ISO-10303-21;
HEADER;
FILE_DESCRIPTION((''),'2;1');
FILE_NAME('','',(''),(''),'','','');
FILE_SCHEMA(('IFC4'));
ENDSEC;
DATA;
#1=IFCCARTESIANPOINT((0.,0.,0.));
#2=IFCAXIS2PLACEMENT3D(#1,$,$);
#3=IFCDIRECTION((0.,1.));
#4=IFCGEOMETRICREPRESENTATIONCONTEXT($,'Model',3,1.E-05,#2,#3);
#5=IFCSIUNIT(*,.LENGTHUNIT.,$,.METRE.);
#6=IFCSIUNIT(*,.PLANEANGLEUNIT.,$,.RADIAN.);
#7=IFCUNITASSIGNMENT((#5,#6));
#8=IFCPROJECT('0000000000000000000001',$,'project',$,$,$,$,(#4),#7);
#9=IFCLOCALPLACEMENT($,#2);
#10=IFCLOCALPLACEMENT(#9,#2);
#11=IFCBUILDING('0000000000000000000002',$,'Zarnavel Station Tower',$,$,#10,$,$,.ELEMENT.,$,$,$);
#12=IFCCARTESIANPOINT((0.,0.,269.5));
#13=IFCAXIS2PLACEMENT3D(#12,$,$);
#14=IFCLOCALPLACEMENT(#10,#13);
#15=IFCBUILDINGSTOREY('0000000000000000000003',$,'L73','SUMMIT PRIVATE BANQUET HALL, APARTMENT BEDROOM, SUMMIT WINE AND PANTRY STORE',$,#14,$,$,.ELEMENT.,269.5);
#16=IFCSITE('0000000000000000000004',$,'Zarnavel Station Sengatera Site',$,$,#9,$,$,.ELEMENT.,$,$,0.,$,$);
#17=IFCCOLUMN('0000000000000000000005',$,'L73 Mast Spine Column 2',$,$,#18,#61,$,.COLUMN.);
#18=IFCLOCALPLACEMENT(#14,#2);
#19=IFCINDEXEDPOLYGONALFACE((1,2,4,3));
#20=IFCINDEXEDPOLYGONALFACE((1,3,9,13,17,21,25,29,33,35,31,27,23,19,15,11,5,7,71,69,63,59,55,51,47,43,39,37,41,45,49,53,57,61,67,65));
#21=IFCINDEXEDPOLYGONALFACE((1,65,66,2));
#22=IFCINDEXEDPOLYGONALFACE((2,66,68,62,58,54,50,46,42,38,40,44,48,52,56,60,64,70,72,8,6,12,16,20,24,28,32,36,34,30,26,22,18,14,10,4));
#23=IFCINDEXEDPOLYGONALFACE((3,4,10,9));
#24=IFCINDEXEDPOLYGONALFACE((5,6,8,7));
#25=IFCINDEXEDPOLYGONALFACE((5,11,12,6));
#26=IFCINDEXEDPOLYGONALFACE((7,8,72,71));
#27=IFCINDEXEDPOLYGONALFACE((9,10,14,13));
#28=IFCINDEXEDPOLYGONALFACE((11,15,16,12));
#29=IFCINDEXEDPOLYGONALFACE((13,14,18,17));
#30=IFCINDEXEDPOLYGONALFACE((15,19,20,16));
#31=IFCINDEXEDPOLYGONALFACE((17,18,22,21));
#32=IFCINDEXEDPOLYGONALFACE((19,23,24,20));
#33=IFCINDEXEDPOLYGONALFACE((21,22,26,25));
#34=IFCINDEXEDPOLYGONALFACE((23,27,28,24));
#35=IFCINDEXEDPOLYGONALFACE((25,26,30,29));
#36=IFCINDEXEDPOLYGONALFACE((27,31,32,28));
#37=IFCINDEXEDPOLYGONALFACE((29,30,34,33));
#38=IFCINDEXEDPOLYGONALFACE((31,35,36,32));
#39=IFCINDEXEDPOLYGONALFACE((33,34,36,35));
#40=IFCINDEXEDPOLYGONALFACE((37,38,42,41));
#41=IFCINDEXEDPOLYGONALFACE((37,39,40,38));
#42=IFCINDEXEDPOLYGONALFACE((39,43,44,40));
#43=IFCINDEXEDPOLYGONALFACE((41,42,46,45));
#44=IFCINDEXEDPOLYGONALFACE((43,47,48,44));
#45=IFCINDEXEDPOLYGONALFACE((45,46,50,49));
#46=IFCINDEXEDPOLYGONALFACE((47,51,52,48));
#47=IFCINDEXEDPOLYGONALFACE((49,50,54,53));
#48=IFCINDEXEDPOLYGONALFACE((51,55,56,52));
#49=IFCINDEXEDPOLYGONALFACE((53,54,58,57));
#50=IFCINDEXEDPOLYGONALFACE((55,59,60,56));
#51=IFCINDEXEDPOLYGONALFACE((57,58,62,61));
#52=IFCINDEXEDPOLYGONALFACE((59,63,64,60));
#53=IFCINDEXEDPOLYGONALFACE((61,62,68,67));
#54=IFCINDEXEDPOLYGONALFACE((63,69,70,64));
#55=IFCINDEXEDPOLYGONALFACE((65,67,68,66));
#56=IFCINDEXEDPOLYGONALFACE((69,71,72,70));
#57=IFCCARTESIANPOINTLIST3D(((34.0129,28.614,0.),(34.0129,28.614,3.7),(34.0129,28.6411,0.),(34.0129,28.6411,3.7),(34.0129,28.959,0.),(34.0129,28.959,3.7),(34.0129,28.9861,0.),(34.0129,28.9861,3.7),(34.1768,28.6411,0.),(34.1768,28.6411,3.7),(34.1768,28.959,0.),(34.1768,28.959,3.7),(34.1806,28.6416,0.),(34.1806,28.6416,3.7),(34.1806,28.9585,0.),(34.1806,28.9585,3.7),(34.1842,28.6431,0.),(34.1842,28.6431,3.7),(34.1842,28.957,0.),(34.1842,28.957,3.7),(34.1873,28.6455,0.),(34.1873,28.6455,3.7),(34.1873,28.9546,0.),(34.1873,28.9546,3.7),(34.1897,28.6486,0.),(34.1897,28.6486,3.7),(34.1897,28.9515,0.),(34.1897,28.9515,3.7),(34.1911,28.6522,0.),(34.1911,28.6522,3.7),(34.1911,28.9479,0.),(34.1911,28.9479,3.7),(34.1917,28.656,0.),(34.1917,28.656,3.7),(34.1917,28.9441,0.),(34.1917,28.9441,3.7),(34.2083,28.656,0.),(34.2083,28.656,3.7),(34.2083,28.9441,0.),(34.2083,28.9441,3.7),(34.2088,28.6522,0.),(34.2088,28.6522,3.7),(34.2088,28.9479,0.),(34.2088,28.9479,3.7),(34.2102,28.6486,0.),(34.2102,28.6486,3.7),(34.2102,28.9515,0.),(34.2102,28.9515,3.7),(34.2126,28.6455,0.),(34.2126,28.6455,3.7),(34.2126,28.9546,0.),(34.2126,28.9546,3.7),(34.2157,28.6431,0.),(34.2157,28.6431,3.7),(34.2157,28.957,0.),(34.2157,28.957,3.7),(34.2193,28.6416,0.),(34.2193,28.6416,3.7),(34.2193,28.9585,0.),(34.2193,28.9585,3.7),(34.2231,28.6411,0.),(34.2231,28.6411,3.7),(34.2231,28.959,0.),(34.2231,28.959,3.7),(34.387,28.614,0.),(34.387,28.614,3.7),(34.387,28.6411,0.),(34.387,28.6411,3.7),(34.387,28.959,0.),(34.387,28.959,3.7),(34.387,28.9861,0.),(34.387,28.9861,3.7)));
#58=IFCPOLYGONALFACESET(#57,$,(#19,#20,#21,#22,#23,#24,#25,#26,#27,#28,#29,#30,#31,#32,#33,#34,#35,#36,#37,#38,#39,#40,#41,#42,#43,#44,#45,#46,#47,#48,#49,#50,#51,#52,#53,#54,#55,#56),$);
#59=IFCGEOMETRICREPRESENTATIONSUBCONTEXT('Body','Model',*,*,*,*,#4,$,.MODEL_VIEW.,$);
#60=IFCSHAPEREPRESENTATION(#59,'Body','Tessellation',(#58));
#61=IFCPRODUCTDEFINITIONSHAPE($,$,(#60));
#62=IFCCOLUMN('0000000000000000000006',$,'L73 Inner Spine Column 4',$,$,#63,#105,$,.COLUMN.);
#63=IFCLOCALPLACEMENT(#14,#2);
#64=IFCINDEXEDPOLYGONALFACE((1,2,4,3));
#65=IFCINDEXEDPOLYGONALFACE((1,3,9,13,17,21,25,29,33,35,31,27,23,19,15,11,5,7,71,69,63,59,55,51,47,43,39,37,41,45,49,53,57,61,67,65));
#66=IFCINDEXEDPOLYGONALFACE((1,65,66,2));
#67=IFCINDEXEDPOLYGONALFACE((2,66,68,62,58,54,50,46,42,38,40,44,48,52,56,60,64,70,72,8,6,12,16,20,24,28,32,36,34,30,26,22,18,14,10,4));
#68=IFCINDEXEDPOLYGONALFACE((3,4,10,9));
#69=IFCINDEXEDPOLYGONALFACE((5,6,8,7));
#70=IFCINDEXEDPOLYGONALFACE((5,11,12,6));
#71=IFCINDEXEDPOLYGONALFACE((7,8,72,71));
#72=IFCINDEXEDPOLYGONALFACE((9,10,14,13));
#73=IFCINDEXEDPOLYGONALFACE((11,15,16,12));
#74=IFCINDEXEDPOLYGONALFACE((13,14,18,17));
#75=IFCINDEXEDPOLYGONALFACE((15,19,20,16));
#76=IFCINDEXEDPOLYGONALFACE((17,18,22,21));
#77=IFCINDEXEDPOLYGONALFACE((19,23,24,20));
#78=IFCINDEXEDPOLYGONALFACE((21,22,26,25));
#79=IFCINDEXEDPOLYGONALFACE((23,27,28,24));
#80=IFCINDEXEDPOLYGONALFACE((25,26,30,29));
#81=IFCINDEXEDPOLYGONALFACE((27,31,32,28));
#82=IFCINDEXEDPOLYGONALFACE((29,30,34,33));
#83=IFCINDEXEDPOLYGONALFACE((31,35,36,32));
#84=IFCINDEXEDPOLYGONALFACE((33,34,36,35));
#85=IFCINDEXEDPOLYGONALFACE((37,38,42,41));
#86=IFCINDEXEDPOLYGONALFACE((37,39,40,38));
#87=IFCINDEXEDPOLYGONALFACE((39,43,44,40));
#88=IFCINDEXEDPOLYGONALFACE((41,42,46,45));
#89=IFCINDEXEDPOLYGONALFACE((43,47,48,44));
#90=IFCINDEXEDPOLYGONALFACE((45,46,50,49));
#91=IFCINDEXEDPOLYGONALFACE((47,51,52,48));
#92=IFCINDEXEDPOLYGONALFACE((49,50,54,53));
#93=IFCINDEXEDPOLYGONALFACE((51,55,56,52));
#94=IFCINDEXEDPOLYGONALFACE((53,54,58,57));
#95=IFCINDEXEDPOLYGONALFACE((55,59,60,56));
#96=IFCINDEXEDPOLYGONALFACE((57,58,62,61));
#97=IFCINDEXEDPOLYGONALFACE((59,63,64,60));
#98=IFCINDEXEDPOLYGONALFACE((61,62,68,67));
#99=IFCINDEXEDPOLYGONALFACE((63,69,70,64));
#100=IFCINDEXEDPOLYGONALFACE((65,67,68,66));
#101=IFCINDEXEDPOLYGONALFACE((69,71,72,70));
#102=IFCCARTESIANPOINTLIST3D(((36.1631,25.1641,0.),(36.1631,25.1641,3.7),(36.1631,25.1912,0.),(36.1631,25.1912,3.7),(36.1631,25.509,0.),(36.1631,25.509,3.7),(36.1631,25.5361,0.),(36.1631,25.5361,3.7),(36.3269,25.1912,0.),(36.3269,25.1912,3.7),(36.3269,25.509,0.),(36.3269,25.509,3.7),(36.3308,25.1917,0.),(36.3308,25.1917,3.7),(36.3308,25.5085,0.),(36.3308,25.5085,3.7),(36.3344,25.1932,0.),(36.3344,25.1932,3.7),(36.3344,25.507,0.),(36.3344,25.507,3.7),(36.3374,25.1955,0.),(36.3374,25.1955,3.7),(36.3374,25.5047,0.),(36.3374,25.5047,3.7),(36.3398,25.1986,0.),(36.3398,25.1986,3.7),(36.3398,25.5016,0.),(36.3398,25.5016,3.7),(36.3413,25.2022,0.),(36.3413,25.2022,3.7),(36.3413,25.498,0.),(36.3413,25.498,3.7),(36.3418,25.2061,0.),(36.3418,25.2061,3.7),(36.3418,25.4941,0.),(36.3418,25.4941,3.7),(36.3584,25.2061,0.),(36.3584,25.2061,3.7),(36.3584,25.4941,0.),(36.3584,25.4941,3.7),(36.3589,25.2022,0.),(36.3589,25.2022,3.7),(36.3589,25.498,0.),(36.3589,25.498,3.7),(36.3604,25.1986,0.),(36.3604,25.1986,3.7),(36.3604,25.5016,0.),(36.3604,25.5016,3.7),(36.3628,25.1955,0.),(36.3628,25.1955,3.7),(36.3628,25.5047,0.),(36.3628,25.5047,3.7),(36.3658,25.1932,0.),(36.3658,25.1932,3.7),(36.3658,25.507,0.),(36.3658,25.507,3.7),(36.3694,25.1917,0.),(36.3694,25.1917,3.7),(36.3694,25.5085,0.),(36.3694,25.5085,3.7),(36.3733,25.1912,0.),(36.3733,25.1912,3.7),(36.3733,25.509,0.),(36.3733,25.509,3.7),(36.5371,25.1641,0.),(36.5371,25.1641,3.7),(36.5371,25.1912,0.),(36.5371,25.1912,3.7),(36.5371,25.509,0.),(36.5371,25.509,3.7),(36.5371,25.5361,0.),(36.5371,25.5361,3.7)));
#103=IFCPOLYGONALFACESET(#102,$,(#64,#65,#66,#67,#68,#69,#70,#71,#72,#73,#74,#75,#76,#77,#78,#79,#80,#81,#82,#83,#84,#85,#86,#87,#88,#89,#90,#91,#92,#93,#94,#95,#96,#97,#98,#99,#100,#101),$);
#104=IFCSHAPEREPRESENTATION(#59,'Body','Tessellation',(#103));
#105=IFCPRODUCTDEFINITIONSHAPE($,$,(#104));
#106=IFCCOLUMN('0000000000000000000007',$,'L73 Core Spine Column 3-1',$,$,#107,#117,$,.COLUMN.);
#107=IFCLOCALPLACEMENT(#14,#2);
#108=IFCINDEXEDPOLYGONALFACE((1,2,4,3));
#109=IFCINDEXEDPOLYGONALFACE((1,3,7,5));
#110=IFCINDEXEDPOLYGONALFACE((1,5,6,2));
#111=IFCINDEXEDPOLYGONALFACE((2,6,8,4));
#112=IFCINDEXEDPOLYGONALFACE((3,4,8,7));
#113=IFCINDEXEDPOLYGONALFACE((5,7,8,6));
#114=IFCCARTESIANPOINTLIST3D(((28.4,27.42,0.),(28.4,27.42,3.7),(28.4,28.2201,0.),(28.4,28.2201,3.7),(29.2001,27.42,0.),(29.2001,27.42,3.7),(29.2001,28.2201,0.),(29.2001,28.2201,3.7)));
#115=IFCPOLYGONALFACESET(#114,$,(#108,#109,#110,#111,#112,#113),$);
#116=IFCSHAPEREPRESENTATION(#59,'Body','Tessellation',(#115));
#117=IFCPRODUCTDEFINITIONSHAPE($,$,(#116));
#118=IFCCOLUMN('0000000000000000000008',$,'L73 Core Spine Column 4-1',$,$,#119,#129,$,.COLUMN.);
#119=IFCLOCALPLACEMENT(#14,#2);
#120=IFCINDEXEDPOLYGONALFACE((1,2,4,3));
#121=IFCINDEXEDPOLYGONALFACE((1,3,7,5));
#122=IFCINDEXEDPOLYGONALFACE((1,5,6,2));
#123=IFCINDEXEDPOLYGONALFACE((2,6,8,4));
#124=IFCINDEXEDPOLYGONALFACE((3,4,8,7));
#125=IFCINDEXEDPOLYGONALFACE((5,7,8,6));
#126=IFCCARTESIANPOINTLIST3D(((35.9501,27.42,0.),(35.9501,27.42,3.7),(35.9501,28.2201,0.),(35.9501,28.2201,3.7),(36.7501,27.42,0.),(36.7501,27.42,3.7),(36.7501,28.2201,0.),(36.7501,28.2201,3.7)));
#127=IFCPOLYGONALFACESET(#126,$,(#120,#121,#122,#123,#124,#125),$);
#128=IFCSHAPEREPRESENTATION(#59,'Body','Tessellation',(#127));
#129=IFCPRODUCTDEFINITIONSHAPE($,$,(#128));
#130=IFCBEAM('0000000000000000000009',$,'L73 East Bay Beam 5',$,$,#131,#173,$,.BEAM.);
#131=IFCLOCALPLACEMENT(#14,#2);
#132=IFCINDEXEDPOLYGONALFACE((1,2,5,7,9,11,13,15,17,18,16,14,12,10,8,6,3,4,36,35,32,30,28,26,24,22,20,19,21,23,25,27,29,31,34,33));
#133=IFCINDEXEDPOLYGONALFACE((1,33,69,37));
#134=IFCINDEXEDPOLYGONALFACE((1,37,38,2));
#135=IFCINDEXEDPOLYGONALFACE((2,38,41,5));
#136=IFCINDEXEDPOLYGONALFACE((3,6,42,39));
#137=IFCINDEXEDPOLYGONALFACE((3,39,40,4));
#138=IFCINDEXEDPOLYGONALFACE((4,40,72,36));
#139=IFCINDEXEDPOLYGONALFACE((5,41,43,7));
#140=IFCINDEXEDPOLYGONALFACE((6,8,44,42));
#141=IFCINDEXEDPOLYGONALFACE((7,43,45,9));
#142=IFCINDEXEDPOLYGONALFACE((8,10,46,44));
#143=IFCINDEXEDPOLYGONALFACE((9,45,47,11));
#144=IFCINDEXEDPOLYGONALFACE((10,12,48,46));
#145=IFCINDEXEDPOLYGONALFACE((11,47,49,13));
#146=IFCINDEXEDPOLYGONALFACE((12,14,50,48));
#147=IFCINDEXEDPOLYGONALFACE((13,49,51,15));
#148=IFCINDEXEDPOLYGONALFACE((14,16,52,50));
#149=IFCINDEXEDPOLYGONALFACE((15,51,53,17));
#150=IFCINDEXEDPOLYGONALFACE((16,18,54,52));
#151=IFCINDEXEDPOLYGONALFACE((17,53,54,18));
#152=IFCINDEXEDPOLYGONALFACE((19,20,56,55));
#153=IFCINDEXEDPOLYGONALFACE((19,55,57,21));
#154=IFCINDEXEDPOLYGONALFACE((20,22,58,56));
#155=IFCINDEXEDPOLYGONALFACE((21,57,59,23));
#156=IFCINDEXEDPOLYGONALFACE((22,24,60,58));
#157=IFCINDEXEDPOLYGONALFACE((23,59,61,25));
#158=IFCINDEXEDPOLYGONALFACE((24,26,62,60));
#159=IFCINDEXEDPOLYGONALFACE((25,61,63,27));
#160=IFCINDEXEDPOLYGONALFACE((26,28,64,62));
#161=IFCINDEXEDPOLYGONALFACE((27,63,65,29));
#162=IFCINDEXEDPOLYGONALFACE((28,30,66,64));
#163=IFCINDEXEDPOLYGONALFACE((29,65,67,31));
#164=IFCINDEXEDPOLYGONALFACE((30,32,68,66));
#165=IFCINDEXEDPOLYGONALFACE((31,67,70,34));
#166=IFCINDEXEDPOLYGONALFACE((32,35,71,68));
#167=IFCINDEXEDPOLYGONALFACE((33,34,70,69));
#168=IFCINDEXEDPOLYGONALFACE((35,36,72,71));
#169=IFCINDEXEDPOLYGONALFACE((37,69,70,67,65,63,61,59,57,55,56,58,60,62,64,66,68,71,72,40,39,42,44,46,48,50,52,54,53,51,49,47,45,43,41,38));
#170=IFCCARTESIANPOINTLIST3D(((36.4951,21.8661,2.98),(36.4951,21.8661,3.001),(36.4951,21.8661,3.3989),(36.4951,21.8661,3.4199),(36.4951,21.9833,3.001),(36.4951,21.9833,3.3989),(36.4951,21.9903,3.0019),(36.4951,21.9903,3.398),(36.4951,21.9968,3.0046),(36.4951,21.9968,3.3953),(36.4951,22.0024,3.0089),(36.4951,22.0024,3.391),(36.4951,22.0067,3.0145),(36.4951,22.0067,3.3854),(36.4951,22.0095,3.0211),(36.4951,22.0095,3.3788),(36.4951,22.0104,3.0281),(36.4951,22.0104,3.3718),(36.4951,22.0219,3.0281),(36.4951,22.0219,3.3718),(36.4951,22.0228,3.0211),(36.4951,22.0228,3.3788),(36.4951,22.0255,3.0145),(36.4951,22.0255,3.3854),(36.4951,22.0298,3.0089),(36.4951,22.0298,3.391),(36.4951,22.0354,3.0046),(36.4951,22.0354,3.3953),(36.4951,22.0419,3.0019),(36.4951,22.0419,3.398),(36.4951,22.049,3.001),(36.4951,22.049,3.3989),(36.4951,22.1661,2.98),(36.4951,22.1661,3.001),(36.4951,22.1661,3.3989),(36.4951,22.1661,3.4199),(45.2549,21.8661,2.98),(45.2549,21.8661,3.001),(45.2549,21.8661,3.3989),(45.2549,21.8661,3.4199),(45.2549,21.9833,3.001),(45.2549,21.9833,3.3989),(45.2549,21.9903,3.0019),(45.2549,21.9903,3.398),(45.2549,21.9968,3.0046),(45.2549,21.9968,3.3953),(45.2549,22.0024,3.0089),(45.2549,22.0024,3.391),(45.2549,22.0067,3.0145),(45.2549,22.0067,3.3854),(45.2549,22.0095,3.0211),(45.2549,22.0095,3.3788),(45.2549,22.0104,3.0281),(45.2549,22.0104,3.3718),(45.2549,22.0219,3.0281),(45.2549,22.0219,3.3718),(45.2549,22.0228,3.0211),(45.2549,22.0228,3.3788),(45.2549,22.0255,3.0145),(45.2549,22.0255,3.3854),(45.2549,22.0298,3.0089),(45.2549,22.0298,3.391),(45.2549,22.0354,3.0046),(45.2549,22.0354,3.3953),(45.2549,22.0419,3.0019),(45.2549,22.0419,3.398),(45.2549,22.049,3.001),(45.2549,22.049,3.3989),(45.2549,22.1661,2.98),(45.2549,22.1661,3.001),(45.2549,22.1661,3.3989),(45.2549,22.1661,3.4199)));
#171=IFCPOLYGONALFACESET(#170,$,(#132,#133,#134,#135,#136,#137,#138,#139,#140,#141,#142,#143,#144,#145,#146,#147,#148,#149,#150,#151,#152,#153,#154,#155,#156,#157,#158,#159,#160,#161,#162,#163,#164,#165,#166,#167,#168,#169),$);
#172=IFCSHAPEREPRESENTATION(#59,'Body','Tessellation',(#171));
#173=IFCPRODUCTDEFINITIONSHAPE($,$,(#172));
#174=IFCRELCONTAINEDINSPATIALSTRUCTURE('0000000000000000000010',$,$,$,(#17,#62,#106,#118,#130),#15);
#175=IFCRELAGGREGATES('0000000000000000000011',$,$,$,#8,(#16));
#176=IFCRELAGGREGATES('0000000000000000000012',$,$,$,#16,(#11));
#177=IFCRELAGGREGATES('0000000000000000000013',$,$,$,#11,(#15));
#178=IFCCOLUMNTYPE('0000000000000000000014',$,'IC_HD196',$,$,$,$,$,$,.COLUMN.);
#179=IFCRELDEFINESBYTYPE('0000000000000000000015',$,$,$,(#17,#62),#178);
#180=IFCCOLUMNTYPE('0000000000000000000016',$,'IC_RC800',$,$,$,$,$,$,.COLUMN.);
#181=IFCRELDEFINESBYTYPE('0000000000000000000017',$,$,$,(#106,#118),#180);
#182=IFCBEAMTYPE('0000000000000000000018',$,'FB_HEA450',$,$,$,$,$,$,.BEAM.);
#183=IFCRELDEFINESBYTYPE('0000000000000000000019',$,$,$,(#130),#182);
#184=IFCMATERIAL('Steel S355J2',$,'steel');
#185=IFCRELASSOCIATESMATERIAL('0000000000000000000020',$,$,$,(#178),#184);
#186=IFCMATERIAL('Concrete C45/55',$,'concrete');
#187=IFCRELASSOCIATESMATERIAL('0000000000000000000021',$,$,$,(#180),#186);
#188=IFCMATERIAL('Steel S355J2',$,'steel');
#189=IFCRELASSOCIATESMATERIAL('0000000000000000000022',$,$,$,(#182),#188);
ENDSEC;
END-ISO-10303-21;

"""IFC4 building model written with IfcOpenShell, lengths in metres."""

from ifc_helpers import new_model, si_unit, direction, frame, origin, origin_2d, place, context, subcontext, project, spatial, rectangle, i_section, extrude, material, material_profile, profile_set, type_object, element, save


model = new_model("IFC4")

# Units and contexts
model_context = context("Model", 3, precision=1e-05, world=origin(), true_north=direction((0.0, 1.0)))
body_context = subcontext(model_context, "Body", "Model", "MODEL_VIEW")
ifc_project = project(units=[si_unit("LENGTHUNIT", "METRE"), si_unit("PLANEANGLEUNIT", "RADIAN")], contexts=[model_context])

# Site, building, storey
site_placement = place(None, origin())
site = spatial("IfcSite", under=ifc_project, at=site_placement, Name="Zarnavel Station Sengatera Site", CompositionType="ELEMENT", RefElevation=0.0)
building_placement = place(site_placement, origin())
building = spatial("IfcBuilding", under=site, at=building_placement, Name="Zarnavel Station Tower", CompositionType="ELEMENT")
storey_placement = place(building_placement, frame((0.0, 0.0, 269.5)))
storey = spatial("IfcBuildingStorey", under=building, at=storey_placement, Name="L73", Description="SUMMIT PRIVATE BANQUET HALL, APARTMENT BEDROOM, SUMMIT WINE AND PANTRY STORE", CompositionType="ELEMENT", Elevation=269.5)

# Columns
ifc_material_1 = material(Name="Steel S355J2", Category="steel")
ifc_material_profile_1 = material_profile(ifc_material_1, i_section(OverallWidth=0.374, OverallDepth=0.3721, WebThickness=0.0166, FlangeThickness=0.0271, FilletRadius=0.0149, at=origin_2d()), Name="HD360x196")
ifc_profile_set_1 = profile_set([ifc_material_profile_1], Name="Steel S355J2")
column_type_1 = type_object("IfcColumnType", Name="IC_HD196", PredefinedType="COLUMN", material=ifc_profile_set_1)
for number, where, z_axis, x_axis, name in (
    (1, (34.2, 28.8, 0.0), (0.0, 0.0, 1.0), (1.0, 0.0, 0.0), "L73 Mast Spine Column 2"),
    (2, (36.3501, 25.3501, 0.0), (0.0, 0.0, 1.0), (1.0, 0.0, 0.0), "L73 Inner Spine Column 4"),
):
    element("IfcColumn", number, at=place(storey_placement, frame(where, z_axis=z_axis, x_axis=x_axis)), inside=storey, type_object=column_type_1, Name=name, PredefinedType="COLUMN", context=body_context, shape_type="SweptSolid", body=[
        extrude(i_section(OverallWidth=0.374, OverallDepth=0.3721, WebThickness=0.0166, FlangeThickness=0.0271, FilletRadius=0.0149, at=origin_2d()), origin(), (0.0, 0.0, 1.0), 3.7),
    ])
ifc_material_2 = material(Name="Concrete C45/55", Category="concrete")
ifc_material_profile_2 = material_profile(ifc_material_2, rectangle(XDim=0.8, YDim=0.8, at=origin_2d()), Name="RC800x800")
ifc_profile_set_2 = profile_set([ifc_material_profile_2], Name="Concrete C45/55")
column_type_2 = type_object("IfcColumnType", Name="IC_RC800", PredefinedType="COLUMN", material=ifc_profile_set_2)
for number, where, z_axis, x_axis, name in (
    (3, (28.8, 27.8201, 0.0), (0.0, 0.0, 1.0), (1.0, 0.0, 0.0), "L73 Core Spine Column 3-1"),
    (4, (36.3501, 27.8201, 0.0), (0.0, 0.0, 1.0), (1.0, 0.0, 0.0), "L73 Core Spine Column 4-1"),
):
    element("IfcColumn", number, at=place(storey_placement, frame(where, z_axis=z_axis, x_axis=x_axis)), inside=storey, type_object=column_type_2, Name=name, PredefinedType="COLUMN", context=body_context, shape_type="SweptSolid", body=[
        extrude(rectangle(XDim=0.8, YDim=0.8, at=origin_2d()), origin(), (0.0, 0.0, 1.0), 3.7),
    ])

# Beam
ifc_material_3 = material(Name="Steel S355J2", Category="steel")
ifc_material_profile_3 = material_profile(ifc_material_3, i_section(OverallWidth=0.3, OverallDepth=0.4399, WebThickness=0.0115, FlangeThickness=0.021, FilletRadius=0.0271, at=origin_2d()), Name="HEA450")
ifc_profile_set_3 = profile_set([ifc_material_profile_3], Name="Steel S355J2")
beam_type_1 = type_object("IfcBeamType", Name="FB_HEA450", PredefinedType="BEAM", material=ifc_profile_set_3)
beam_1_placement = place(storey_placement, frame((36.4951, 22.0161, 3.2), z_axis=(1.0, 0.0, 0.0), x_axis=(0.0, 1.0, 0.0)))
element("IfcBeam", 5, at=beam_1_placement, inside=storey, type_object=beam_type_1, Name="L73 East Bay Beam 5", PredefinedType="BEAM", context=body_context, shape_type="SweptSolid", body=[
    extrude(i_section(OverallWidth=0.3, OverallDepth=0.4399, WebThickness=0.0115, FlangeThickness=0.021, FilletRadius=0.0271, at=origin_2d()), origin(), (0.0, 0.0, 1.0), 8.7598),
])

save(model, "model.ifc")
